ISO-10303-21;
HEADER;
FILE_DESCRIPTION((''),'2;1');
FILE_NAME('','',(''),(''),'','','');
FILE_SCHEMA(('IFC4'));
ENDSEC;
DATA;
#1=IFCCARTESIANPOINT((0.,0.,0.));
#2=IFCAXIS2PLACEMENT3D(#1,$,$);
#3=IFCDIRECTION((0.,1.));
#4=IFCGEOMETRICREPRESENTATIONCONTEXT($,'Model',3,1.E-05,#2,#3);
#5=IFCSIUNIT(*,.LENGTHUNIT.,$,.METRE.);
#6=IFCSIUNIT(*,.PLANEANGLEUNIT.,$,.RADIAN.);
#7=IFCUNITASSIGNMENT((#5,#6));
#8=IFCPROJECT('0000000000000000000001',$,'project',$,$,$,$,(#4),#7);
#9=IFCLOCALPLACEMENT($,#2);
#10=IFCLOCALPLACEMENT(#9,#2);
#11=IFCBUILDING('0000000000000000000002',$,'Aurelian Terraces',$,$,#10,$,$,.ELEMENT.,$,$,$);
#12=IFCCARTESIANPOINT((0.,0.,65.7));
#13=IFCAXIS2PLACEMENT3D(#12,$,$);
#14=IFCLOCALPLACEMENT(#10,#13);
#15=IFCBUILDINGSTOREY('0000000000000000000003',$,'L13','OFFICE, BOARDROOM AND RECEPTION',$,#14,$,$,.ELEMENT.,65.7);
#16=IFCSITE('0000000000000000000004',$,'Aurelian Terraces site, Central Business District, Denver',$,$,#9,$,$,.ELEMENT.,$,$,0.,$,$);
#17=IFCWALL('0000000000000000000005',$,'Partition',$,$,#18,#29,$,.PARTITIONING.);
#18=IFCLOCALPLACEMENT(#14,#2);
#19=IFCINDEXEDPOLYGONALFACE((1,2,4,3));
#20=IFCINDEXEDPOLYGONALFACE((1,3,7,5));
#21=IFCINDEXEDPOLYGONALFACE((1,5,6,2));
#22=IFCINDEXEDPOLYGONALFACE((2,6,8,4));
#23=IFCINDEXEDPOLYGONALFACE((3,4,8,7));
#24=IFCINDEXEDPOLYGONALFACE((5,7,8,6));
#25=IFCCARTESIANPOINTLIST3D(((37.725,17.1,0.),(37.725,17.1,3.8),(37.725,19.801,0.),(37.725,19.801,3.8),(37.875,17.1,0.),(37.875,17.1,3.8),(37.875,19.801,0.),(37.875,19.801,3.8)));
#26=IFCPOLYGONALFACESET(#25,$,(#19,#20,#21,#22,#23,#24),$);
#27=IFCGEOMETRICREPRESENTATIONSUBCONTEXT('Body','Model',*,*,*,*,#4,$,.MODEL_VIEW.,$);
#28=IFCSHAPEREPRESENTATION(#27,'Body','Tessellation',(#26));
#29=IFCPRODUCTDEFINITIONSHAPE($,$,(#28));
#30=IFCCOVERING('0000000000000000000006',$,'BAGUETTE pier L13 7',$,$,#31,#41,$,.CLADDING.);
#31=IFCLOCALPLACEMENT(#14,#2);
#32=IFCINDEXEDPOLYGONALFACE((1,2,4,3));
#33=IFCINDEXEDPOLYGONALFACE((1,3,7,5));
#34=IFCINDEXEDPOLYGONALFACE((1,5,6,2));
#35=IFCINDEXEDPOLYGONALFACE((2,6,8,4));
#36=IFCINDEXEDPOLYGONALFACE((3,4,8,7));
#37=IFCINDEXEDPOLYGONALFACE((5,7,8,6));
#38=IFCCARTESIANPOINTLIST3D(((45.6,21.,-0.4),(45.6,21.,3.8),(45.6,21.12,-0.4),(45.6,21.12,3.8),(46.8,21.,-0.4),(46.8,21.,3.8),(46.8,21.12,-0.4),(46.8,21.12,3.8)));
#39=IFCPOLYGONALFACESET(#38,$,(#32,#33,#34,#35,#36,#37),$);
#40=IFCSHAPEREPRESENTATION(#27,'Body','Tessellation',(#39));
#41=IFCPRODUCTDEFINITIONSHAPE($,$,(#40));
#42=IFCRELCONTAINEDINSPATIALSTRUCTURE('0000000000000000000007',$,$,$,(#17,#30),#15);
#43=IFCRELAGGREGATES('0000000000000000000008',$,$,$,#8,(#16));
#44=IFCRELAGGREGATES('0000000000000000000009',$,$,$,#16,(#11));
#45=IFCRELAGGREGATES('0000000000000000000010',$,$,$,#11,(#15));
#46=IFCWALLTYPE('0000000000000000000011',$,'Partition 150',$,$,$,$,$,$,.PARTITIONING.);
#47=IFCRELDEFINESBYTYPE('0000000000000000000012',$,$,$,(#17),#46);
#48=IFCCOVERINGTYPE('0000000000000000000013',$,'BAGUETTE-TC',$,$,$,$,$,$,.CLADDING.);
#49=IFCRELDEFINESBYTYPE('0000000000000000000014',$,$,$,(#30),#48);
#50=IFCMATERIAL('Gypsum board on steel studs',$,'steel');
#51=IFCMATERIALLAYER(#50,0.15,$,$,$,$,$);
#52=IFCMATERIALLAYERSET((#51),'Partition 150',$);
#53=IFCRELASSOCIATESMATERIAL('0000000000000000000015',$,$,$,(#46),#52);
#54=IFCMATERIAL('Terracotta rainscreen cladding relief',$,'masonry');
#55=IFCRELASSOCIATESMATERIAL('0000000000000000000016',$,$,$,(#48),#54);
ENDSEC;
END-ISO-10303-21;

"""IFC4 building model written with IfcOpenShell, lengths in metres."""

from ifc_helpers import new_model, si_unit, direction, frame, frame_2d, origin, origin_2d, place, context, subcontext, project, spatial, rectangle, extrude, source, transform, mapped, material, layer, layer_set, type_object, element, save


model = new_model("IFC4")

# Units and contexts
model_context = context("Model", 3, precision=1e-05, world=origin(), true_north=direction((0.0, 1.0)))
body_context = subcontext(model_context, "Body", "Model", "MODEL_VIEW")
ifc_project = project(units=[si_unit("LENGTHUNIT", "METRE"), si_unit("PLANEANGLEUNIT", "RADIAN")], contexts=[model_context])

# Site, building, storey
site_placement = place(None, origin())
site = spatial("IfcSite", under=ifc_project, at=site_placement, Name="Aurelian Terraces site, Central Business District, Denver", CompositionType="ELEMENT", RefElevation=0.0)
building_placement = place(site_placement, origin())
building = spatial("IfcBuilding", under=site, at=building_placement, Name="Aurelian Terraces", CompositionType="ELEMENT")
storey_placement = place(building_placement, frame((0.0, 0.0, 65.7)))
storey = spatial("IfcBuildingStorey", under=building, at=storey_placement, Name="L13", Description="OFFICE, BOARDROOM AND RECEPTION", CompositionType="ELEMENT", Elevation=65.7)

# Shared definitions
ifc_material_1 = material(Name="Gypsum board on steel studs", Category="steel")
ifc_layer_1 = layer(ifc_material_1, 0.15)
ifc_layer_set_1 = layer_set([ifc_layer_1], Name="Partition 150")
wall_type_1 = type_object("IfcWallType", Name="Partition 150", PredefinedType="PARTITIONING", material=ifc_layer_set_1)

# Wall
shared_shape_1 = source(origin(), body_context, "Body", "SweptSolid", [
    extrude(rectangle(XDim=2.701, YDim=0.15, at=frame_2d((1.3505, 0.0))), origin(), (0.0, 0.0, 1.0), 3.8),
])
for number, where, z_axis, x_axis, name in (
    (1, (37.8, 17.1, 0.0), (0.0, 0.0, 1.0), (0.0, 1.0, 0.0), "Partition"),
):
    element("IfcWall", number, at=place(storey_placement, frame(where, z_axis=z_axis, x_axis=x_axis)), inside=storey, type_object=wall_type_1, Name=name, PredefinedType="PARTITIONING", context=body_context, shape_type="MappedRepresentation", body=[
        mapped(shared_shape_1, transform((0.0, 0.0, 0.0), scale=1.0)),
    ])

# Covering
ifc_material_2 = material(Name="Terracotta rainscreen cladding relief", Category="masonry")
covering_type = type_object("IfcCoveringType", Name="BAGUETTE-TC", PredefinedType="CLADDING", material=ifc_material_2)
shared_shape_2 = source(origin(), body_context, "Body", "SweptSolid", [
    extrude(rectangle(XDim=1.2, YDim=0.12, at=origin_2d()), origin(), (0.0, 0.0, 1.0), 4.2),
])
covering_placement = place(storey_placement, frame((46.2, 21.06, -0.4), z_axis=(0.0, 0.0, 1.0), x_axis=(1.0, 0.0, 0.0)))
element("IfcCovering", 2, at=covering_placement, inside=storey, type_object=covering_type, Name="BAGUETTE pier L13 7", PredefinedType="CLADDING", context=body_context, shape_type="MappedRepresentation", body=[
    mapped(shared_shape_2, transform((0.0, 0.0, 0.0), scale=1.0)),
])

save(model, "model.ifc")
